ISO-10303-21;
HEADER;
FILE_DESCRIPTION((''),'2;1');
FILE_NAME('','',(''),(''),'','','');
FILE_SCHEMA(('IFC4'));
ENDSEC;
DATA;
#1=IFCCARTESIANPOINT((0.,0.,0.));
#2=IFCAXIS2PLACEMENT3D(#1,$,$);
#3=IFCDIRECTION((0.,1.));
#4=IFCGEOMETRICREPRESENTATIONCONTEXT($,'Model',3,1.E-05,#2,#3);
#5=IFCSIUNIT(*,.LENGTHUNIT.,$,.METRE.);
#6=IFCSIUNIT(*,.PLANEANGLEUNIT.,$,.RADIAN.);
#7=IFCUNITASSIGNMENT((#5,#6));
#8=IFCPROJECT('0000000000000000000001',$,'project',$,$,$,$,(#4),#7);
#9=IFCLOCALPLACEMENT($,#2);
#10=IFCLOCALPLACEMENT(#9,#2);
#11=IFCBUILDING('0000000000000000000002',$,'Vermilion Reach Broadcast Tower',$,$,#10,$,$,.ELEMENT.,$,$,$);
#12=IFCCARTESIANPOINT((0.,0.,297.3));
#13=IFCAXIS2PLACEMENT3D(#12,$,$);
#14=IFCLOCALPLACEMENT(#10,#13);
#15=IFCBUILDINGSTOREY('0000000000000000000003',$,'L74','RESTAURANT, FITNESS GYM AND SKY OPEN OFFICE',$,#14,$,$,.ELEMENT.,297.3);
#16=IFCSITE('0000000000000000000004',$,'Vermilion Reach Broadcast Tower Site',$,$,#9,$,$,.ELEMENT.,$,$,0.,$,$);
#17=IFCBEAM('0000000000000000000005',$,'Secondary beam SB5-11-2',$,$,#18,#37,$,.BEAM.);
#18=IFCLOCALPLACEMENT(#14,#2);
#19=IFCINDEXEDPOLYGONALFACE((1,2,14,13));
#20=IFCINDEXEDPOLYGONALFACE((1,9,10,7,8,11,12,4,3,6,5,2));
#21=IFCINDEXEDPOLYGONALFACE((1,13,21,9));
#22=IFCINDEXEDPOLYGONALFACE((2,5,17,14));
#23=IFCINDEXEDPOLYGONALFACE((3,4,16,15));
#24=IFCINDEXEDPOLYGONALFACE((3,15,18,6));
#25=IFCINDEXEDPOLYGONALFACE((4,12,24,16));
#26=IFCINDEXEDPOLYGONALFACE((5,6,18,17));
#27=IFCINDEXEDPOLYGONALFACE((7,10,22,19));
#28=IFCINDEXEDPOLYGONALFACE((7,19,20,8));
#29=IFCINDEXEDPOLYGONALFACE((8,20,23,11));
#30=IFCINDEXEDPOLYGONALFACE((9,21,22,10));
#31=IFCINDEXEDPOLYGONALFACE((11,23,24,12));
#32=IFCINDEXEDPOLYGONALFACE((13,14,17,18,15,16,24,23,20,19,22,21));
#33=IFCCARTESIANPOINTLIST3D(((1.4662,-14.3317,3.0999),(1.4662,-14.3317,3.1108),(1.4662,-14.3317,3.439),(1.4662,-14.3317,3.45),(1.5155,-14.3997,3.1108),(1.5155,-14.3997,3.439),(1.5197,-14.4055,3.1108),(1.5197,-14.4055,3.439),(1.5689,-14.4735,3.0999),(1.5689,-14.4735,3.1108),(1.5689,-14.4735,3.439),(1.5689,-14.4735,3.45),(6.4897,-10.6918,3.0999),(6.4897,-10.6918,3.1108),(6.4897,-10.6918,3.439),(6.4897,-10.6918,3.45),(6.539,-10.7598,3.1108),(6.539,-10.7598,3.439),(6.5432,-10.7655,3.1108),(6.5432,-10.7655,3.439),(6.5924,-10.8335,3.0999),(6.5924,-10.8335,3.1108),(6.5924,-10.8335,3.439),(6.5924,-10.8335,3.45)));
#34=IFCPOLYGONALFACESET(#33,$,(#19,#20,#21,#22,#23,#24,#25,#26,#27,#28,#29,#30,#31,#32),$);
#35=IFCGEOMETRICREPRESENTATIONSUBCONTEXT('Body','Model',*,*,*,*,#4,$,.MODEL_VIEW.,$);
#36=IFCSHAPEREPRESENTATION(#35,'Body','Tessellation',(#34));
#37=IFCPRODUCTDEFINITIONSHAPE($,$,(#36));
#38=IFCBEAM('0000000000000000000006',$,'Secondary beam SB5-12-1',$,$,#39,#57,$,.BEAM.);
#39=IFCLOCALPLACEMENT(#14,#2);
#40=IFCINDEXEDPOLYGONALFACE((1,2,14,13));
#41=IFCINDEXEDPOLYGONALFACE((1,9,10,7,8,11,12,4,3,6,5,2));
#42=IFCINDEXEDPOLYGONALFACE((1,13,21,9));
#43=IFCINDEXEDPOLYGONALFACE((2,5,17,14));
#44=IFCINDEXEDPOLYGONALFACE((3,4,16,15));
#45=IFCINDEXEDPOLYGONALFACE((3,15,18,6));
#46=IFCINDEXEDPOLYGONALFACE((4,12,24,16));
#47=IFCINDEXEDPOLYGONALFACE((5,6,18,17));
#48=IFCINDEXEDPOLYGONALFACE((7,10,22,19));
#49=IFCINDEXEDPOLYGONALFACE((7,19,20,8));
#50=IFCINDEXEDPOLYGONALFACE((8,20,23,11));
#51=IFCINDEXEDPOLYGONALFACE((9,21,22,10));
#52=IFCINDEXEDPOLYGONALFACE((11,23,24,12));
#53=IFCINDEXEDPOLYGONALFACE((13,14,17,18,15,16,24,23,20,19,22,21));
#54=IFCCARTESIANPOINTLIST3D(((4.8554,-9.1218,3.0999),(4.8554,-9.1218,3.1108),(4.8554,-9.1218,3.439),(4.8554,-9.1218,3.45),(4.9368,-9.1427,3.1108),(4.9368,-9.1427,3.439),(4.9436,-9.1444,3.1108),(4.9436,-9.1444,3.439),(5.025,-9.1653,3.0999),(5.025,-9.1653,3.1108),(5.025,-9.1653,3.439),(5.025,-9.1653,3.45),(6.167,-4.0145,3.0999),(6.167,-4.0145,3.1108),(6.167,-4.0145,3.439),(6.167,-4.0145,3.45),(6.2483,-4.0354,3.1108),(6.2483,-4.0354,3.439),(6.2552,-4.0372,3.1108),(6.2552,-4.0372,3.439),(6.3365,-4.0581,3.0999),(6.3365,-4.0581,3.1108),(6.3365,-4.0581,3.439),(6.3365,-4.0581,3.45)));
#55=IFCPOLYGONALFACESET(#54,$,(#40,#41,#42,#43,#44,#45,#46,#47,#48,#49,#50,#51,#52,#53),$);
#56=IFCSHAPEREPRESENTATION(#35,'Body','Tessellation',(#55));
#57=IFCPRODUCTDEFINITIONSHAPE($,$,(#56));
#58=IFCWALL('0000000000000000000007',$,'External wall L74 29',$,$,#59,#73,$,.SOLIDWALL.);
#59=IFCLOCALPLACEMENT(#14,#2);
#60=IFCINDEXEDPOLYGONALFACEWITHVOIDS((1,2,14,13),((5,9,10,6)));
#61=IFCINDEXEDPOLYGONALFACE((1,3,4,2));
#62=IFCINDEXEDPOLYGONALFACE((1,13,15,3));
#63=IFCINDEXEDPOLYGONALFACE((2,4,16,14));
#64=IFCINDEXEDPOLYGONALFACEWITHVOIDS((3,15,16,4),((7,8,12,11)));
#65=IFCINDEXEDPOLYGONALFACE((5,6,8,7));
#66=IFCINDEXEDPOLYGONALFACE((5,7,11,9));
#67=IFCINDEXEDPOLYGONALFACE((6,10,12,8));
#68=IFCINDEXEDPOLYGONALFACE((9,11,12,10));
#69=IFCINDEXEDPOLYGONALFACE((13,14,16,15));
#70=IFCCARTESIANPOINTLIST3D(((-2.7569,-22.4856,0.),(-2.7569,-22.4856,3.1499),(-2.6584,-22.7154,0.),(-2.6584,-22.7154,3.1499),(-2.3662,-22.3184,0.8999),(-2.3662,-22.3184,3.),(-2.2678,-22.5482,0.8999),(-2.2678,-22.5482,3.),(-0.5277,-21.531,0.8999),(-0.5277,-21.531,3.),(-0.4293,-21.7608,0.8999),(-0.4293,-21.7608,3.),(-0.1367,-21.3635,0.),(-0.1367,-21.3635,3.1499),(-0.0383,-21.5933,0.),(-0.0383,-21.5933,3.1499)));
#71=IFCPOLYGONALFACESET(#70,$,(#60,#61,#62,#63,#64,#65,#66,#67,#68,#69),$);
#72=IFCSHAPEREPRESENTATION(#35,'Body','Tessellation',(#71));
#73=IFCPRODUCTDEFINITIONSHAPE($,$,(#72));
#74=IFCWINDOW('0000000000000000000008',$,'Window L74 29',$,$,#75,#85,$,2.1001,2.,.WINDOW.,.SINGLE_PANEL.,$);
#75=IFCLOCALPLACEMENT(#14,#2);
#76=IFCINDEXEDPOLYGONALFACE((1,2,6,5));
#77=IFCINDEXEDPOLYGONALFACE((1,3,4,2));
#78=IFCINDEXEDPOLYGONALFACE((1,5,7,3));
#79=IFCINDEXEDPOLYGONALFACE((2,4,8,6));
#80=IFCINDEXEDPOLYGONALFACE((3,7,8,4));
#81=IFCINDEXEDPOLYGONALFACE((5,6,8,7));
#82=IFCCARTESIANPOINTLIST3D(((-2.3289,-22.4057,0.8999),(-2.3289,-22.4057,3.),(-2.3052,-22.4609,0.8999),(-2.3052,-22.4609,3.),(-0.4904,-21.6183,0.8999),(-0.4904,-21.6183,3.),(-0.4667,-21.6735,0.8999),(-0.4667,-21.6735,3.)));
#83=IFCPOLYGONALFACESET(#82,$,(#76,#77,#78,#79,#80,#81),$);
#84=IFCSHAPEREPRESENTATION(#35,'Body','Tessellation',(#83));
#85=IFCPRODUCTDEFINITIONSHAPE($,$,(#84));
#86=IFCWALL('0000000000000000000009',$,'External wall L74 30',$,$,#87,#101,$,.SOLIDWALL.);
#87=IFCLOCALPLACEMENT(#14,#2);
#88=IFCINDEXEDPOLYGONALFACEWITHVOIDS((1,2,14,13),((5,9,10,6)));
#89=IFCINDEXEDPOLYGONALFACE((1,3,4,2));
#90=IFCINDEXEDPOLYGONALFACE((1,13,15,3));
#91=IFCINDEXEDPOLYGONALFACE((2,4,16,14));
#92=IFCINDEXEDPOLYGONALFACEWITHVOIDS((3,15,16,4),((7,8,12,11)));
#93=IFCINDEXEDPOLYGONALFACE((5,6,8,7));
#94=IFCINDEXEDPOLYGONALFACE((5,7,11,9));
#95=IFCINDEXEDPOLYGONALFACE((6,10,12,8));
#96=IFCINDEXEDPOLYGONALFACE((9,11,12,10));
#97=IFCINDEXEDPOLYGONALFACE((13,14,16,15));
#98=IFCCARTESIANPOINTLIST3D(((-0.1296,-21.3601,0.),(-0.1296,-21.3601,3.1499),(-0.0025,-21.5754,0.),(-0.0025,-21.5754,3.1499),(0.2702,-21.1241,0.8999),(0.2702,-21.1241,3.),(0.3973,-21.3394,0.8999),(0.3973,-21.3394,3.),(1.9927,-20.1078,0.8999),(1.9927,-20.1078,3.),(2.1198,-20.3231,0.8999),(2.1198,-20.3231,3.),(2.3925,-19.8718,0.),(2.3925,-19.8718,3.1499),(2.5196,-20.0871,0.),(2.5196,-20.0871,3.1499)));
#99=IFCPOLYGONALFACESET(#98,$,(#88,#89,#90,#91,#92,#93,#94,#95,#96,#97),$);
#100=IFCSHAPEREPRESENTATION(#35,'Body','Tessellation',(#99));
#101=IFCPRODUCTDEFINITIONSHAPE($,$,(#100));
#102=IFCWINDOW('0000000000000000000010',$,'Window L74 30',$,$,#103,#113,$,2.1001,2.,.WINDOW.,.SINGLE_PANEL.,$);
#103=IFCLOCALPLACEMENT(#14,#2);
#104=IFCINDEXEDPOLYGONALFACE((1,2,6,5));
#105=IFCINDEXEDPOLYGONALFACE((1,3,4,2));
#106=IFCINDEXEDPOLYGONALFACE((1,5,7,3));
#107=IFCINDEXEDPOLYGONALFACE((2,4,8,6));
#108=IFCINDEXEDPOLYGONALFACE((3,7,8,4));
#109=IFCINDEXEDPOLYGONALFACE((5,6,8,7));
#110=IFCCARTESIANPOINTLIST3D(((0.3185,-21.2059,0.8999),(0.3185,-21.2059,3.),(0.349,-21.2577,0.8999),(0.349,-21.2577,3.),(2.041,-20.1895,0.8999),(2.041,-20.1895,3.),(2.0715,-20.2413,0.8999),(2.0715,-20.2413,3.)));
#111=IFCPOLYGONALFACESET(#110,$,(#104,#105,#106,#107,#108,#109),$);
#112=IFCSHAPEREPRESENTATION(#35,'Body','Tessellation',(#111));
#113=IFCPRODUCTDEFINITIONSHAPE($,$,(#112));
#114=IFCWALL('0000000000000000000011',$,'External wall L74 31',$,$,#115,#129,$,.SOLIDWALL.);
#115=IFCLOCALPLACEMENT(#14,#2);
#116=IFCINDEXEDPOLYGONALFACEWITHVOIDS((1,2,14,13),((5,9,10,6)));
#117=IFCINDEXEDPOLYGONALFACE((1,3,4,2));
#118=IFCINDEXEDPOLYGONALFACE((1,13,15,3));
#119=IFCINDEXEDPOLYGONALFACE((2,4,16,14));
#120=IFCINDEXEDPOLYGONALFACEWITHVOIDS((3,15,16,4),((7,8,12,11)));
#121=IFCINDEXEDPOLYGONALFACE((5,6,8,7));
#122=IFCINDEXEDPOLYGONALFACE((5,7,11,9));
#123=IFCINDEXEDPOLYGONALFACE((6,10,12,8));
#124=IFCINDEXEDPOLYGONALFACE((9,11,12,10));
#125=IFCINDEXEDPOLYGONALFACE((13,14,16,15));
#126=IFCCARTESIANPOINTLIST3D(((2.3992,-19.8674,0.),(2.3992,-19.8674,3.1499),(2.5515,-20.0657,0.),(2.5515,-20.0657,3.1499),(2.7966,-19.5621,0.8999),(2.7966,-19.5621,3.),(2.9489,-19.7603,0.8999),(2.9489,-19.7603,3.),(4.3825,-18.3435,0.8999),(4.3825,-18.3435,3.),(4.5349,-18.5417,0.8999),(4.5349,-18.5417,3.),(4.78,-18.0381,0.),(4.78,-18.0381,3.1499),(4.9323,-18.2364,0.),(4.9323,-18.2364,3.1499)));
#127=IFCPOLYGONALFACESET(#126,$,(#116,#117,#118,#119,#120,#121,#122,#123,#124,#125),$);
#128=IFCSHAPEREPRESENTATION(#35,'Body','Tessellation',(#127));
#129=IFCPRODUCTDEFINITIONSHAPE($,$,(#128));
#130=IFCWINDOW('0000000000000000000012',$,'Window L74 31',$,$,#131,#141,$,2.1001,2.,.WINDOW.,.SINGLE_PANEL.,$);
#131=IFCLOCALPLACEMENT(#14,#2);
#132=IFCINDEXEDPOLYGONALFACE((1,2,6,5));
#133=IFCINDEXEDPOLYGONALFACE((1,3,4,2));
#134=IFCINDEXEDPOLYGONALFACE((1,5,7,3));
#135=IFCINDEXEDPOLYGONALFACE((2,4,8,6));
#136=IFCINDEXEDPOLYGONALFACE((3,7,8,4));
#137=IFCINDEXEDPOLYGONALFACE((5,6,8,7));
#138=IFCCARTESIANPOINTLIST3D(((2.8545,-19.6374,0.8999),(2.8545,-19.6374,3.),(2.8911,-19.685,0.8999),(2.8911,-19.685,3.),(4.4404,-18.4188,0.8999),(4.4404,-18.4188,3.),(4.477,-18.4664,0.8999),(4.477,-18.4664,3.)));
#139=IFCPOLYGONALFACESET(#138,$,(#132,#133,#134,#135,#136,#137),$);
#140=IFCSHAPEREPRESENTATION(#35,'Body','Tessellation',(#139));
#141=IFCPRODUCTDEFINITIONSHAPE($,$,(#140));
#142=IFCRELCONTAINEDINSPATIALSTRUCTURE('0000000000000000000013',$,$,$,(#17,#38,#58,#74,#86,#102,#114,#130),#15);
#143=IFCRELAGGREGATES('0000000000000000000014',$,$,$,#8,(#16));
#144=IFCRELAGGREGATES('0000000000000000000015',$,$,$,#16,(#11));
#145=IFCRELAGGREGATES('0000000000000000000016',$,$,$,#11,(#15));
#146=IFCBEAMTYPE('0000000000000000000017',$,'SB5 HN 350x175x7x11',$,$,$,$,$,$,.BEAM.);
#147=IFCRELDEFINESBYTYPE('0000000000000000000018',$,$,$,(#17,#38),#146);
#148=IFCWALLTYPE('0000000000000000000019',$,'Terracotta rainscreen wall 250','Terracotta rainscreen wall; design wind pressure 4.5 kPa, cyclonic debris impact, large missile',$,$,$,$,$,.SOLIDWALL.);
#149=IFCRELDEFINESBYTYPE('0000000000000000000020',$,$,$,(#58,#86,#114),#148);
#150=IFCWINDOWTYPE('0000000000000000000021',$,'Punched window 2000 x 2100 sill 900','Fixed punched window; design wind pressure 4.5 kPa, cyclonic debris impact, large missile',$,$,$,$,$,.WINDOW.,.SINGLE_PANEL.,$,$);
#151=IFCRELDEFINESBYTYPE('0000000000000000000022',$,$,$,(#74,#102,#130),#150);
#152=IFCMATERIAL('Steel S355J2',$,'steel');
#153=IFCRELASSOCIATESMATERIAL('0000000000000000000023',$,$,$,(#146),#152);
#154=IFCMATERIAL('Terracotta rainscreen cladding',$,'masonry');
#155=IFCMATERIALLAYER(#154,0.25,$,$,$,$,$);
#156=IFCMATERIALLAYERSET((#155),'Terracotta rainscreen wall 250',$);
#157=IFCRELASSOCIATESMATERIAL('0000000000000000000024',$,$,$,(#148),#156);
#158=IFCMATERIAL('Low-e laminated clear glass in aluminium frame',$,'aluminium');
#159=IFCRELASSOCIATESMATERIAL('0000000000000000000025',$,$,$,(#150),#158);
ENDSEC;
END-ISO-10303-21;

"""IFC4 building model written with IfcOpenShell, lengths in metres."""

from ifc_helpers import new_model, si_unit, direction, frame, frame_2d, origin, origin_2d, place, context, subcontext, project, spatial, rectangle, i_section, extrude, material, layer, layer_set, material_profile, profile_set, type_object, element, fill, save


model = new_model("IFC4")

# Units and contexts
model_context = context("Model", 3, precision=1e-05, world=origin(), true_north=direction((0.0, 1.0)))
body_context = subcontext(model_context, "Body", "Model", "MODEL_VIEW")
ifc_project = project(units=[si_unit("LENGTHUNIT", "METRE"), si_unit("PLANEANGLEUNIT", "RADIAN")], contexts=[model_context])

# Site, building, storey
site_placement = place(None, origin())
site = spatial("IfcSite", under=ifc_project, at=site_placement, Name="Vermilion Reach Broadcast Tower Site", CompositionType="ELEMENT", RefElevation=0.0)
building_placement = place(site_placement, origin())
building = spatial("IfcBuilding", under=site, at=building_placement, Name="Vermilion Reach Broadcast Tower", CompositionType="ELEMENT")
storey_placement = place(building_placement, frame((0.0, 0.0, 297.3)))
storey = spatial("IfcBuildingStorey", under=building, at=storey_placement, Name="L74", Description="RESTAURANT, FITNESS GYM AND SKY OPEN OFFICE", CompositionType="ELEMENT", Elevation=297.3)

# Beams
ifc_material_1 = material(Name="Steel S355J2", Category="steel")
ifc_material_profile_1 = material_profile(ifc_material_1, i_section(OverallWidth=0.175, OverallDepth=0.3501, WebThickness=0.0071, FlangeThickness=0.011, at=origin_2d()), Name="S355J2 HN 350x175x7x11")
ifc_profile_set_1 = profile_set([ifc_material_profile_1], Name="Steel S355J2")
beam_type_1 = type_object("IfcBeamType", Name="SB5 HN 350x175x7x11", PredefinedType="BEAM", material=ifc_profile_set_1)
beam_1_placement = place(storey_placement, frame((1.5176, -14.4026, 3.2749), z_axis=(0.809771, 0.586746, 0.0), x_axis=(-0.586746, 0.809771, 0.0)))
element("IfcBeam", 1, at=beam_1_placement, inside=storey, type_object=beam_type_1, Name="Secondary beam SB5-11-2", PredefinedType="BEAM", context=body_context, shape_type="SweptSolid", body=[
    extrude(i_section(OverallWidth=0.175, OverallDepth=0.3501, WebThickness=0.0071, FlangeThickness=0.011, at=origin_2d()), origin(), (0.0, 0.0, 1.0), 6.2036),
])
beam_2_placement = place(storey_placement, frame((4.9402, -9.1436, 3.2749), z_axis=(0.24873, 0.968573, 0.0), x_axis=(-0.968573, 0.24873, 0.0)))
element("IfcBeam", 2, at=beam_2_placement, inside=storey, type_object=beam_type_1, Name="Secondary beam SB5-12-1", PredefinedType="BEAM", context=body_context, shape_type="SweptSolid", body=[
    extrude(i_section(OverallWidth=0.175, OverallDepth=0.3501, WebThickness=0.0071, FlangeThickness=0.011, at=origin_2d()), origin(), (0.0, 0.0, 1.0), 5.2729),
])

# Walls, openings, windows
ifc_material_2 = material(Name="Terracotta rainscreen cladding", Category="masonry")
ifc_layer = layer(ifc_material_2, 0.25)
ifc_layer_set = layer_set([ifc_layer], Name="Terracotta rainscreen wall 250")
wall_type = type_object("IfcWallType", Name="Terracotta rainscreen wall 250", Description="Terracotta rainscreen wall; design wind pressure 4.5 kPa, cyclonic debris impact, large missile", PredefinedType="SOLIDWALL", material=ifc_layer_set)
wall_1_placement = place(storey_placement, frame((-2.7078, -22.6006, 0.0), z_axis=(0.0, 0.0, 1.0), x_axis=(0.919251, 0.393671, 0.0)))
wall_1 = element("IfcWall", 3, at=wall_1_placement, inside=storey, type_object=wall_type, Name="External wall L74 29", PredefinedType="SOLIDWALL", context=body_context, shape_type="SweptSolid", body=[
    extrude(rectangle(XDim=2.8503, YDim=0.25, at=frame_2d((1.4253, 0.0))), origin(), (0.0, 0.0, 1.0), 3.1499),
])
opening_1_placement = place(wall_1_placement, frame((0.425, 0.0, 0.8999)))
opening_1 = element("IfcOpeningElement", 4, at=opening_1_placement, cuts=wall_1, PredefinedType="OPENING", context=body_context, shape_type="SweptSolid", body=[
    extrude(rectangle(XDim=2.0, YDim=2.1001, at=frame_2d((1.0, 1.05))), frame((0.0, 0.135, 0.0), z_axis=(0.0, -1.0, 0.0), x_axis=(1.0, 0.0, 0.0)), (0.0, 0.0, 1.0), 0.27),
])
ifc_material_3 = material(Name="Low-e laminated clear glass in aluminium frame", Category="aluminium")
window_type = type_object("IfcWindowType", Name="Punched window 2000 x 2100 sill 900", Description="Fixed punched window; design wind pressure 4.5 kPa, cyclonic debris impact, large missile", PartitioningType="SINGLE_PANEL", PredefinedType="WINDOW", material=ifc_material_3)
window_1_placement = place(opening_1_placement, origin())
window_1 = element("IfcWindow", 5, at=window_1_placement, inside=storey, type_object=window_type, Name="Window L74 29", OverallHeight=2.1001, OverallWidth=2.0, PartitioningType="SINGLE_PANEL", PredefinedType="WINDOW", context=body_context, shape_type="SweptSolid", body=[
    extrude(rectangle(XDim=2.0, YDim=2.1001, at=frame_2d((1.0, 1.05))), frame((0.0, 0.03, 0.0), z_axis=(0.0, -1.0, 0.0), x_axis=(1.0, 0.0, 0.0)), (0.0, 0.0, 1.0), 0.0601),
])
fill(opening_1, window_1)
wall_2_placement = place(storey_placement, frame((-0.0662, -21.4678, 0.0), z_axis=(0.0, 0.0, 1.0), x_axis=(0.861243, 0.508193, 0.0)))
wall_2 = element("IfcWall", 6, at=wall_2_placement, inside=storey, type_object=wall_type, Name="External wall L74 30", PredefinedType="SOLIDWALL", context=body_context, shape_type="SweptSolid", body=[
    extrude(rectangle(XDim=2.9285, YDim=0.25, at=frame_2d((1.4644, 0.0))), origin(), (0.0, 0.0, 1.0), 3.1499),
])
opening_2_placement = place(wall_2_placement, frame((0.4644, 0.0, 0.8999)))
opening_2 = element("IfcOpeningElement", 7, at=opening_2_placement, cuts=wall_2, PredefinedType="OPENING", context=body_context, shape_type="SweptSolid", body=[
    extrude(rectangle(XDim=2.0, YDim=2.1001, at=frame_2d((1.0, 1.05))), frame((0.0, 0.135, 0.0), z_axis=(0.0, -1.0, 0.0), x_axis=(1.0, 0.0, 0.0)), (0.0, 0.0, 1.0), 0.27),
])
window_2_placement = place(opening_2_placement, origin())
window_2 = element("IfcWindow", 8, at=window_2_placement, inside=storey, type_object=window_type, Name="Window L74 30", OverallHeight=2.1001, OverallWidth=2.0, PartitioningType="SINGLE_PANEL", PredefinedType="WINDOW", context=body_context, shape_type="SweptSolid", body=[
    extrude(rectangle(XDim=2.0, YDim=2.1001, at=frame_2d((1.0, 1.05))), frame((0.0, 0.03, 0.0), z_axis=(0.0, -1.0, 0.0), x_axis=(1.0, 0.0, 0.0)), (0.0, 0.0, 1.0), 0.0601),
])
fill(opening_2, window_2)
wall_3_placement = place(storey_placement, frame((2.4753, -19.9666, 0.0), z_axis=(0.0, 0.0, 1.0), x_axis=(0.792959, 0.609274, 0.0)))
wall_3 = element("IfcWall", 9, at=wall_3_placement, inside=storey, type_object=wall_type, Name="External wall L74 31", PredefinedType="SOLIDWALL", context=body_context, shape_type="SweptSolid", body=[
    extrude(rectangle(XDim=3.0024, YDim=0.25, at=frame_2d((1.5012, 0.0))), origin(), (0.0, 0.0, 1.0), 3.1499),
])
opening_3_placement = place(wall_3_placement, frame((0.5012, 0.0, 0.8999)))
opening_3 = element("IfcOpeningElement", 10, at=opening_3_placement, cuts=wall_3, PredefinedType="OPENING", context=body_context, shape_type="SweptSolid", body=[
    extrude(rectangle(XDim=2.0, YDim=2.1001, at=frame_2d((1.0, 1.05))), frame((0.0, 0.135, 0.0), z_axis=(0.0, -1.0, 0.0), x_axis=(1.0, 0.0, 0.0)), (0.0, 0.0, 1.0), 0.27),
])
window_3_placement = place(opening_3_placement, origin())
window_3 = element("IfcWindow", 11, at=window_3_placement, inside=storey, type_object=window_type, Name="Window L74 31", OverallHeight=2.1001, OverallWidth=2.0, PartitioningType="SINGLE_PANEL", PredefinedType="WINDOW", context=body_context, shape_type="SweptSolid", body=[
    extrude(rectangle(XDim=2.0, YDim=2.1001, at=frame_2d((1.0, 1.05))), frame((0.0, 0.03, 0.0), z_axis=(0.0, -1.0, 0.0), x_axis=(1.0, 0.0, 0.0)), (0.0, 0.0, 1.0), 0.0601),
])
fill(opening_3, window_3)

save(model, "model.ifc")
